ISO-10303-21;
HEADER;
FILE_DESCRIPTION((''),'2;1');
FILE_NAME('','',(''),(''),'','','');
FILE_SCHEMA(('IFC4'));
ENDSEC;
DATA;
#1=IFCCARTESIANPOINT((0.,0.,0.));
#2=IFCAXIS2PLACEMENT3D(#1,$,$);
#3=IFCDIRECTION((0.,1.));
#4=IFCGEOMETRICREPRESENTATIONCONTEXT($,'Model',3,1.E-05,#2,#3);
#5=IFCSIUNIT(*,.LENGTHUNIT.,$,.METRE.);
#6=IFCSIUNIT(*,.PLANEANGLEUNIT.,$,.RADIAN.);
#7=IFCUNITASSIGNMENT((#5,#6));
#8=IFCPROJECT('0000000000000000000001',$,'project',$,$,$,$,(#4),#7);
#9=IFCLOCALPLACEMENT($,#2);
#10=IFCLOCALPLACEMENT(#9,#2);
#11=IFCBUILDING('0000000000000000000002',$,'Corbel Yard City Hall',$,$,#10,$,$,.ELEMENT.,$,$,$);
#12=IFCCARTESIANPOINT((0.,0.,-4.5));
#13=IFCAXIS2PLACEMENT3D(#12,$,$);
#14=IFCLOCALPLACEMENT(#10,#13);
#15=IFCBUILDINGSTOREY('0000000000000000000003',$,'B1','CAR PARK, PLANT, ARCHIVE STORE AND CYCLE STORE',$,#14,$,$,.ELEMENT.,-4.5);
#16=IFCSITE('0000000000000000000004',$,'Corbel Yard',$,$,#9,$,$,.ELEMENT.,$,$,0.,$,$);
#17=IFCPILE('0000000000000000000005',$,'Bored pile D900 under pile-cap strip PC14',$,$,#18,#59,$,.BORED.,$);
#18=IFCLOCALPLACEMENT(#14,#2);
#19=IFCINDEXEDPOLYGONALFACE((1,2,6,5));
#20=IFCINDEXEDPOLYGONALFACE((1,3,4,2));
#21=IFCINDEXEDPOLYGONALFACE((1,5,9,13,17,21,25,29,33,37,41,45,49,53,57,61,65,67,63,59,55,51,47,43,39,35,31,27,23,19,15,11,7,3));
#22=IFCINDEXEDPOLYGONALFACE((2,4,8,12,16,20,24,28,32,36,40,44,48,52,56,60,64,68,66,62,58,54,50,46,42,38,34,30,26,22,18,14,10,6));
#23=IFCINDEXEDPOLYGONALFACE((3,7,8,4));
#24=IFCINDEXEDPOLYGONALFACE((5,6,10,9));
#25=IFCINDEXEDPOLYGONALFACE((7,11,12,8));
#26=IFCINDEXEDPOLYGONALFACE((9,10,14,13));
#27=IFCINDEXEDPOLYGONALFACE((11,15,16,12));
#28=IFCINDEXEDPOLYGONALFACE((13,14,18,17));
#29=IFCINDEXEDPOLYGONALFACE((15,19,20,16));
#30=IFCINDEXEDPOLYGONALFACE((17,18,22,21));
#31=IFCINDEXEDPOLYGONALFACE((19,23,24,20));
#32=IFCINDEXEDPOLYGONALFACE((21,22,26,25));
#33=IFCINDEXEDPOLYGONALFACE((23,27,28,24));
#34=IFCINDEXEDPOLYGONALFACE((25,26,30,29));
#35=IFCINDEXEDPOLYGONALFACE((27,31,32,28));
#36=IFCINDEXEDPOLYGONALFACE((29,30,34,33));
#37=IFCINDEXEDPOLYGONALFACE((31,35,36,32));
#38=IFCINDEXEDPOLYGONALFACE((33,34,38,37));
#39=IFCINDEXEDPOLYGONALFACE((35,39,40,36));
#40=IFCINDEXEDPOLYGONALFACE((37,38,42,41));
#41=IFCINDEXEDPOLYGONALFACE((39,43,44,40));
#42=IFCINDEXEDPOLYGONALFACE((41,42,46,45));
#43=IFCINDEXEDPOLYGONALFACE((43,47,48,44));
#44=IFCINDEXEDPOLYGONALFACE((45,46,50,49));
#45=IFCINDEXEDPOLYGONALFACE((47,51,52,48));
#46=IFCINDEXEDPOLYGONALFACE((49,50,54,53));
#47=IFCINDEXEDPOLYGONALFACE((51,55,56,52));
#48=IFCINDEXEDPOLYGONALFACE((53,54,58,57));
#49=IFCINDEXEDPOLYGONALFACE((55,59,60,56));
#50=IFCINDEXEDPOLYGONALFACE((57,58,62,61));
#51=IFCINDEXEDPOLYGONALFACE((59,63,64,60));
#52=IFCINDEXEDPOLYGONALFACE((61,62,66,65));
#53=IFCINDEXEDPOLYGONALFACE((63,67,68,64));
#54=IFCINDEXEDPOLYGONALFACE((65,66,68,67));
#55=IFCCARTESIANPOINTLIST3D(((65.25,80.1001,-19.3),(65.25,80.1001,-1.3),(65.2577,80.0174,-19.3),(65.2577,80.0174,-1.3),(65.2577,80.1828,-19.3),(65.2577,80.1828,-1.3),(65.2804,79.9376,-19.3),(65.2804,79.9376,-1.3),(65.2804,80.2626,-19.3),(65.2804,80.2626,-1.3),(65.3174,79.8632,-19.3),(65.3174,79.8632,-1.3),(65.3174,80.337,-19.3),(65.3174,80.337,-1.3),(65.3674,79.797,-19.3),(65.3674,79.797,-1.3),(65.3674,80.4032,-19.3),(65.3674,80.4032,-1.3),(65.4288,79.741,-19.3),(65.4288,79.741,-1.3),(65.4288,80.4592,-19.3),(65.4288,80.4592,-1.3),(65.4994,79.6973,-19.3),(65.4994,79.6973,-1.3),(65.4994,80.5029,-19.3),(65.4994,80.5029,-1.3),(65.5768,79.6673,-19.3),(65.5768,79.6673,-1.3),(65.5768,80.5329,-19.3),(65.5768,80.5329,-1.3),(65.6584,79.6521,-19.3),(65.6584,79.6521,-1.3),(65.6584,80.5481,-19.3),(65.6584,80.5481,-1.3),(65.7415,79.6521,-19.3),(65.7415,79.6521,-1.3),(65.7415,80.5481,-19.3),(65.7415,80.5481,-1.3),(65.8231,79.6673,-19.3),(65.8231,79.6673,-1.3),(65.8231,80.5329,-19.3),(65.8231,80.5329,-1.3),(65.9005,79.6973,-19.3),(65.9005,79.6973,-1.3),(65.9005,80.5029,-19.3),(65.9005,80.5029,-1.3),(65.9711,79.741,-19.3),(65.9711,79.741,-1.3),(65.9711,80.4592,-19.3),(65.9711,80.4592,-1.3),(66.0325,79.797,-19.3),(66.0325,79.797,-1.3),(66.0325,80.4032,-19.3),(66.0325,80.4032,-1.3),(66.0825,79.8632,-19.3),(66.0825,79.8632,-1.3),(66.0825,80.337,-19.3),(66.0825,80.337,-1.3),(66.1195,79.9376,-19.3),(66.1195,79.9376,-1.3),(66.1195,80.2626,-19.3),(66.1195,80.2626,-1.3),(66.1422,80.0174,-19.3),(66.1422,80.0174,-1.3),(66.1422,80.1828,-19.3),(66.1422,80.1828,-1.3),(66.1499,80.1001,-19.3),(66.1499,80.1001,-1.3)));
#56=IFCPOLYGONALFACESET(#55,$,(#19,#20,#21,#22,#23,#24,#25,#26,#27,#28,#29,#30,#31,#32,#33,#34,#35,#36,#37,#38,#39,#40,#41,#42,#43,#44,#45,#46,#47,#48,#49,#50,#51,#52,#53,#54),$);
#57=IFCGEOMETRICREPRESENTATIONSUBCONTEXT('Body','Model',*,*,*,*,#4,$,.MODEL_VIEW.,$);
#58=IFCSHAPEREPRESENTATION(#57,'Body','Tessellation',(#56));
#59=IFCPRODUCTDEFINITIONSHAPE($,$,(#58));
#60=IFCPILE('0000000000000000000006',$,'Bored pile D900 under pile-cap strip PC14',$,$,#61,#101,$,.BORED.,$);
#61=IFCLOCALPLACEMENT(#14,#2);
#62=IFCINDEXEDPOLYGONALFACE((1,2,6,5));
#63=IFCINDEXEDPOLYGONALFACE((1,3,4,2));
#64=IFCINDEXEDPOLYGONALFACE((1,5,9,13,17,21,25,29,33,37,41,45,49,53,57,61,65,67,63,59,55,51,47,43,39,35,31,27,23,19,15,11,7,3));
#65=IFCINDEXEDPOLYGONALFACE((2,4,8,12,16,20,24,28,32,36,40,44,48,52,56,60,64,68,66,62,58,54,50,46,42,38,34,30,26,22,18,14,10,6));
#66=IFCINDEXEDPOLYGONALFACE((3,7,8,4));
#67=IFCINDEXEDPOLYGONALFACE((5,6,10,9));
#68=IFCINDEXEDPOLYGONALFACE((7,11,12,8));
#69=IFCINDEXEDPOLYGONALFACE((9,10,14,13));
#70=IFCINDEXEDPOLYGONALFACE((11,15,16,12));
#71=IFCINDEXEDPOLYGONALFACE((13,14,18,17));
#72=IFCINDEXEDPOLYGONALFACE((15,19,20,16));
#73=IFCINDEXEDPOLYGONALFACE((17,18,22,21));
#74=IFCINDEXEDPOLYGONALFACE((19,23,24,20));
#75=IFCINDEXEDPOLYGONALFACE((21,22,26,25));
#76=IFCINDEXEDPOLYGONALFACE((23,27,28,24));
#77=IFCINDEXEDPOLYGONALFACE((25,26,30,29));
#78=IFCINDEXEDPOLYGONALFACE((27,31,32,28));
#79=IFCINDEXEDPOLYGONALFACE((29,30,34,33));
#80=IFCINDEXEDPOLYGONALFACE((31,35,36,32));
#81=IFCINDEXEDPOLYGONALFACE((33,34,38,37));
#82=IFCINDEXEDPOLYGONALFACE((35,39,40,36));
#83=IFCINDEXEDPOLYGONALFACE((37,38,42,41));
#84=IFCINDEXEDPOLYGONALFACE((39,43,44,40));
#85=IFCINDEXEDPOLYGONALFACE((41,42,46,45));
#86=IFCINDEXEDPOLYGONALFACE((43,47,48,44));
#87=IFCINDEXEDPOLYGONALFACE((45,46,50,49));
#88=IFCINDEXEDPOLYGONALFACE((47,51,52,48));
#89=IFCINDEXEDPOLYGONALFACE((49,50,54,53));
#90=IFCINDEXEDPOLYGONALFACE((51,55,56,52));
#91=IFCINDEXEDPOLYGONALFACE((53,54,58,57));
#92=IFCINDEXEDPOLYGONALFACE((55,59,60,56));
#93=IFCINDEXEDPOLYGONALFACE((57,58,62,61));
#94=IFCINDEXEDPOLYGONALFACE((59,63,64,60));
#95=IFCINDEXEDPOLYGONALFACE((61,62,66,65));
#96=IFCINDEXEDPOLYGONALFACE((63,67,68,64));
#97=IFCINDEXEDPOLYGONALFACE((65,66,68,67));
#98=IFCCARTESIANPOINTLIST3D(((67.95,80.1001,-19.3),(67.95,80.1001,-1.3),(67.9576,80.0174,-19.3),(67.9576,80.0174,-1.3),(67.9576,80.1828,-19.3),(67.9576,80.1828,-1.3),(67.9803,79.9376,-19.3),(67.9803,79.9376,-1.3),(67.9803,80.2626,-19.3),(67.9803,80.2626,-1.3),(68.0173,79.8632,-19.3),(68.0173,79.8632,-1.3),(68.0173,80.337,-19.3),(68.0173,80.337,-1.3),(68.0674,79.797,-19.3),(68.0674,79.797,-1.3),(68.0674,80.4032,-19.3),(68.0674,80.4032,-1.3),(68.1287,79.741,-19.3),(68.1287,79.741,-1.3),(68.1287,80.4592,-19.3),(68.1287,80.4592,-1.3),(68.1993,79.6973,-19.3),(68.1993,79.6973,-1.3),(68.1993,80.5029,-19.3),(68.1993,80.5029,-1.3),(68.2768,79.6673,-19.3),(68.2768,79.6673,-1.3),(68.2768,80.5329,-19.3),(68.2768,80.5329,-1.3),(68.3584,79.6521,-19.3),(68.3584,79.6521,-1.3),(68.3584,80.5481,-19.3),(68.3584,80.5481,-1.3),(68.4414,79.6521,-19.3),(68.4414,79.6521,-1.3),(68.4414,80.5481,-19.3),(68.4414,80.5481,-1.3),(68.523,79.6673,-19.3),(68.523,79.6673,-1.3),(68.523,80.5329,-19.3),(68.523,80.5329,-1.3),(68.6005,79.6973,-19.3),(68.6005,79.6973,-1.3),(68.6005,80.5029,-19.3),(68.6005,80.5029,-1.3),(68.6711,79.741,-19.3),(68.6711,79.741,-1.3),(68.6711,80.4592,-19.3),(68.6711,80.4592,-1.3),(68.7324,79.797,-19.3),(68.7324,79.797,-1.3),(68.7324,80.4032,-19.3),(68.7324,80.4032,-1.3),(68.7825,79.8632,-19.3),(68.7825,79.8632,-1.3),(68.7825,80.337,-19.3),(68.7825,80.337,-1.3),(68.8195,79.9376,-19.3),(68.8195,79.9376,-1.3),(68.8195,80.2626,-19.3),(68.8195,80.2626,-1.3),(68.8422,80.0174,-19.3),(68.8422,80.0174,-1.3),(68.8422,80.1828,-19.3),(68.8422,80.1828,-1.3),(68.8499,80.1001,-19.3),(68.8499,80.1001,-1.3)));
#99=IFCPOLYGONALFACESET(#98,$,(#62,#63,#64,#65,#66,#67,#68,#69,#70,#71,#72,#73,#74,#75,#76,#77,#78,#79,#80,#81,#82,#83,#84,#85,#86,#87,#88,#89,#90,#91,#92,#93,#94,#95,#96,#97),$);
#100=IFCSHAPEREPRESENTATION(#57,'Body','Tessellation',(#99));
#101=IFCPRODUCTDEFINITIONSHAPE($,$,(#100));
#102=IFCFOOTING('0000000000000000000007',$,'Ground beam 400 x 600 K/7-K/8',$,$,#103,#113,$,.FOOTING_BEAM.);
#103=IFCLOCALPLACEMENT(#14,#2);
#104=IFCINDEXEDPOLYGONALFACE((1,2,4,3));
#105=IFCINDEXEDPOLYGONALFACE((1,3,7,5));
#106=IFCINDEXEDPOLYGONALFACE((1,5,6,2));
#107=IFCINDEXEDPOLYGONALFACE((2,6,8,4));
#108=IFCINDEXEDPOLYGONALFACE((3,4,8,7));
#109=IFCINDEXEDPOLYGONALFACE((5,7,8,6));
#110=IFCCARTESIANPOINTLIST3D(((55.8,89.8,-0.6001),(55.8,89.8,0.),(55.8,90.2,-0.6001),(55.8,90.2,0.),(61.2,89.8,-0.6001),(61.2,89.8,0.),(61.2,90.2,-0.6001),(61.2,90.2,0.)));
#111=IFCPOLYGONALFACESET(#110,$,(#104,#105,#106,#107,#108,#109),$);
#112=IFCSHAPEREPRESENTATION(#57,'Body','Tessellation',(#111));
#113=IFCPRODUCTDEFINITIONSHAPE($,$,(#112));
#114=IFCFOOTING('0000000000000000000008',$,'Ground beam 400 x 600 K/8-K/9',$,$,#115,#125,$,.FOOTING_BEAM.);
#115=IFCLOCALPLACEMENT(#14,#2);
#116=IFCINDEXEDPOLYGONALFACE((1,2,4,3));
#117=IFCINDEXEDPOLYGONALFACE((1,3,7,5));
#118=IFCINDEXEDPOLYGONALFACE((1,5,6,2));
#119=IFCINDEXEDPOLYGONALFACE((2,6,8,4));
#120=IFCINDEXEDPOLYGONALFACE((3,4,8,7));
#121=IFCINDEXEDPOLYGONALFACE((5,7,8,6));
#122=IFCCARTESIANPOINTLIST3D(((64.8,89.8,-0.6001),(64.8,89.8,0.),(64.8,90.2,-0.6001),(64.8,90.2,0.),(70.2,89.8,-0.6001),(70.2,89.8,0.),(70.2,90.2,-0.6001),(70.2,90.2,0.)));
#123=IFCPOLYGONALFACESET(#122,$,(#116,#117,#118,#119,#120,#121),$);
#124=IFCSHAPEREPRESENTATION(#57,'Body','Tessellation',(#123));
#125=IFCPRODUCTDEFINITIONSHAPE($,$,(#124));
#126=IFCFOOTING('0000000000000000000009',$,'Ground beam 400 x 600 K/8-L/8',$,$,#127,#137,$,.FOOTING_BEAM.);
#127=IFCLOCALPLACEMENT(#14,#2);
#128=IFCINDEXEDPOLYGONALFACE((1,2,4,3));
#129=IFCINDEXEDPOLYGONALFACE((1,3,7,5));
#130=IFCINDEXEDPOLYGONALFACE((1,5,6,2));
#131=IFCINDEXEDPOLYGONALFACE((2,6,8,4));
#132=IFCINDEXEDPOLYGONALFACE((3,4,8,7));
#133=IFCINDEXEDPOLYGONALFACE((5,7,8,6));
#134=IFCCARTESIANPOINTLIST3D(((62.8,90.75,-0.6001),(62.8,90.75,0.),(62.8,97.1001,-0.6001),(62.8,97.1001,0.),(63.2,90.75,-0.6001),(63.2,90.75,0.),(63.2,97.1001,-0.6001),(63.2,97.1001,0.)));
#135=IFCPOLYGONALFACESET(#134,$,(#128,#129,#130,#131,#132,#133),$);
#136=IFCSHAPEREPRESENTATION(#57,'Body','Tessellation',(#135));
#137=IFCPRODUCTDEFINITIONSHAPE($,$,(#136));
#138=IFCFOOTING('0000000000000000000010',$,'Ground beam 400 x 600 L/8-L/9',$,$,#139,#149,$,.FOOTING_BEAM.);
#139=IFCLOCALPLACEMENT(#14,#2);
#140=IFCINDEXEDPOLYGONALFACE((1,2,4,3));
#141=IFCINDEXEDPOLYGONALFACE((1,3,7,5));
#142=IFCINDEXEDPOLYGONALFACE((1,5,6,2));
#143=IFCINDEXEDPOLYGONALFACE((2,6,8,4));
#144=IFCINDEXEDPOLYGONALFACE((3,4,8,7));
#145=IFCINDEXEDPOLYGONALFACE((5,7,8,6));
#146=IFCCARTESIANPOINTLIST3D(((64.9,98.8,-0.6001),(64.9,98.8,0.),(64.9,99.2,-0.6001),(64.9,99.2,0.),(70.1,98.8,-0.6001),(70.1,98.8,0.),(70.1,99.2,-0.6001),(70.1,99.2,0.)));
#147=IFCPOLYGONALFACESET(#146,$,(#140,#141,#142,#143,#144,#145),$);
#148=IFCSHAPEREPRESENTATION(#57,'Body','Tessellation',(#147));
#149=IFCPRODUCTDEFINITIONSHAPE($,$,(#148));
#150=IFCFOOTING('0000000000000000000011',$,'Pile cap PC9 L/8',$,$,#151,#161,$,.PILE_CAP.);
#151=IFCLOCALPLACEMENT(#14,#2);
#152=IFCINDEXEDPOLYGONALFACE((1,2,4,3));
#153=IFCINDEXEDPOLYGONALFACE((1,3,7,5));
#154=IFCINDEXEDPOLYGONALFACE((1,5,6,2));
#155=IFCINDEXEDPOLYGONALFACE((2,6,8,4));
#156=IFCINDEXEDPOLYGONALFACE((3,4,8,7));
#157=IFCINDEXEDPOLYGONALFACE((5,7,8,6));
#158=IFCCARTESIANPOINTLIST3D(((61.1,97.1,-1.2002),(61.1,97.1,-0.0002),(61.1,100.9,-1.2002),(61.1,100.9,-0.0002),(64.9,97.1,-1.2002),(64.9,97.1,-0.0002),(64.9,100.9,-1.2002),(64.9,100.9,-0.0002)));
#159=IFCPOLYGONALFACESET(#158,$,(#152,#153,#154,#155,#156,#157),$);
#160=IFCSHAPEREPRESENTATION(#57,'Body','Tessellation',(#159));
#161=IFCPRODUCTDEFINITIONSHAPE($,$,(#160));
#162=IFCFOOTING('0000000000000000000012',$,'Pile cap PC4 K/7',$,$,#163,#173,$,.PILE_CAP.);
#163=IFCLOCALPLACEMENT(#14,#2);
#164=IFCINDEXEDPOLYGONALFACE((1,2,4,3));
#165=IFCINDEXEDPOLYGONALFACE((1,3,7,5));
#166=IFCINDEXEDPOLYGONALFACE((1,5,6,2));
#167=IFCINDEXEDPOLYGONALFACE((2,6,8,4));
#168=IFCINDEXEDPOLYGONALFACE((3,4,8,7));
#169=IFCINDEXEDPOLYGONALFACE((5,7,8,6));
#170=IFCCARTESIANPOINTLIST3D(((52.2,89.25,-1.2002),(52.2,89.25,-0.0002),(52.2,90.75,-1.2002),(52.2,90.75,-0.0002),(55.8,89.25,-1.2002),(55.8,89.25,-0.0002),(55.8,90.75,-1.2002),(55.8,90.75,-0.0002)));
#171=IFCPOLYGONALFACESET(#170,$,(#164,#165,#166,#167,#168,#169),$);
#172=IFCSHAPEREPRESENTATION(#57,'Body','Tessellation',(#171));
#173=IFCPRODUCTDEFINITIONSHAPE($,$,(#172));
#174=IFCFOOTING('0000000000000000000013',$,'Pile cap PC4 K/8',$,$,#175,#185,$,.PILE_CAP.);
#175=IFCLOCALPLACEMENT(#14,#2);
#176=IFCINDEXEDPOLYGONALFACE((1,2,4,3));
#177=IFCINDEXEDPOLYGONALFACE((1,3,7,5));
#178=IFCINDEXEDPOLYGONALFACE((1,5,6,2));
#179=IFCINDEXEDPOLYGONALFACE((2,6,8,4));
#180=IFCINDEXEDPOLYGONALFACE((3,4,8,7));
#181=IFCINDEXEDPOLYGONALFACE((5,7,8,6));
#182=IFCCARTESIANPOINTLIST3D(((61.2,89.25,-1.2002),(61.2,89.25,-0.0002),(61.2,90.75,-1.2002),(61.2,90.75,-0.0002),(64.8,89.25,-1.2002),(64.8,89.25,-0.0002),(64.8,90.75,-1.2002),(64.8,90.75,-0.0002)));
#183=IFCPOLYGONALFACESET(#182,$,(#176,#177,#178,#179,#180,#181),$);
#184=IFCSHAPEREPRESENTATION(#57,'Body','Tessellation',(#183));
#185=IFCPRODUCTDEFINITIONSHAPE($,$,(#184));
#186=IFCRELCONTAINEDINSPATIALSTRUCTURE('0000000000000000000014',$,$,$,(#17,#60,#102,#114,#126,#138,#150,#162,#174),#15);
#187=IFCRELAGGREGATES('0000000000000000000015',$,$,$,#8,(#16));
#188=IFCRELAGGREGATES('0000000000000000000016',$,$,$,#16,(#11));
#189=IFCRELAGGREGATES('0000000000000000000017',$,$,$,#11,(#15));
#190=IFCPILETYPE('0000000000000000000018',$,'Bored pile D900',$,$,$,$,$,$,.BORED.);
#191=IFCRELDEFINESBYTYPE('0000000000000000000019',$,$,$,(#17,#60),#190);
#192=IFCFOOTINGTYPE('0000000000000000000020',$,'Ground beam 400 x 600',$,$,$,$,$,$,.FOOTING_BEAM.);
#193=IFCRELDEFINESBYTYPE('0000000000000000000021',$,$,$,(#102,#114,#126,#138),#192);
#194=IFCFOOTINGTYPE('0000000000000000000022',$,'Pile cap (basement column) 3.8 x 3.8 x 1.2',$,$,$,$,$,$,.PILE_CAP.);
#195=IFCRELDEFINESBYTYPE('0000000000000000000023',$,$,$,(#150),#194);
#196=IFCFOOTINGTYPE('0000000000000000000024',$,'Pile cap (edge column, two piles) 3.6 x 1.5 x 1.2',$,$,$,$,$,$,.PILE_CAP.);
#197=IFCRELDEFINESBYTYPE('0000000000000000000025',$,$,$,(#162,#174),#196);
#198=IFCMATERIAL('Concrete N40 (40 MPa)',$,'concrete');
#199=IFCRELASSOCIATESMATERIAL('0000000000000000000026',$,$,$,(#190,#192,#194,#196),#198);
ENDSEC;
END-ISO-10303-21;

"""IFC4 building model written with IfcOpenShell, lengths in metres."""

from ifc_helpers import new_model, si_unit, direction, frame, origin, origin_2d, place, context, subcontext, project, spatial, rectangle, circle, extrude, material, material_profile, profile_set, type_object, element, save


model = new_model("IFC4")

# Units and contexts
model_context = context("Model", 3, precision=1e-05, world=origin(), true_north=direction((0.0, 1.0)))
body_context = subcontext(model_context, "Body", "Model", "MODEL_VIEW")
ifc_project = project(units=[si_unit("LENGTHUNIT", "METRE"), si_unit("PLANEANGLEUNIT", "RADIAN")], contexts=[model_context])

# Site, building, storey
site_placement = place(None, origin())
site = spatial("IfcSite", under=ifc_project, at=site_placement, Name="Corbel Yard", CompositionType="ELEMENT", RefElevation=0.0)
building_placement = place(site_placement, origin())
building = spatial("IfcBuilding", under=site, at=building_placement, Name="Corbel Yard City Hall", CompositionType="ELEMENT")
storey_placement = place(building_placement, frame((0.0, 0.0, -4.5)))
storey = spatial("IfcBuildingStorey", under=building, at=storey_placement, Name="B1", Description="CAR PARK, PLANT, ARCHIVE STORE AND CYCLE STORE", CompositionType="ELEMENT", Elevation=-4.5)

# Piles
ifc_material_1 = material(Name="Concrete N40 (40 MPa)", Category="concrete")
ifc_material_profile_1 = material_profile(ifc_material_1, circle(Radius=0.45, at=origin_2d()), Name="D900")
ifc_profile_set_1 = profile_set([ifc_material_profile_1], Name="Concrete N40 (40 MPa)")
pile_type = type_object("IfcPileType", Name="Bored pile D900", PredefinedType="BORED", material=ifc_profile_set_1)
for number, where, z_axis, x_axis, name in (
    (1, (65.7, 80.1001, -1.3), (0.0, 0.0, -1.0), (1.0, 0.0, 0.0), "Bored pile D900 under pile-cap strip PC14"),
    (2, (68.3999, 80.1001, -1.3), (0.0, 0.0, -1.0), (1.0, 0.0, 0.0), "Bored pile D900 under pile-cap strip PC14"),
):
    element("IfcPile", number, at=place(storey_placement, frame(where, z_axis=z_axis, x_axis=x_axis)), inside=storey, type_object=pile_type, Name=name, PredefinedType="BORED", context=body_context, shape_type="SweptSolid", body=[
        extrude(circle(Radius=0.45, at=origin_2d()), origin(), (0.0, 0.0, 1.0), 18.0),
    ])

# Footings
footing_type_1 = type_object("IfcFootingType", Name="Ground beam 400 x 600", PredefinedType="FOOTING_BEAM", material=ifc_material_1)
for number, where, z_axis, x_axis, name in (
    (3, (58.5, 90.0, -0.6001), (0.0, 0.0, 1.0), (1.0, 0.0, 0.0), "Ground beam 400 x 600 K/7-K/8"),
    (4, (67.5, 90.0, -0.6001), (0.0, 0.0, 1.0), (1.0, 0.0, 0.0), "Ground beam 400 x 600 K/8-K/9"),
):
    element("IfcFooting", number, at=place(storey_placement, frame(where, z_axis=z_axis, x_axis=x_axis)), inside=storey, type_object=footing_type_1, Name=name, PredefinedType="FOOTING_BEAM", context=body_context, shape_type="SweptSolid", body=[
        extrude(rectangle(XDim=5.3999, YDim=0.3999, at=origin_2d()), origin(), (0.0, 0.0, 1.0), 0.6001),
    ])
footing_1_placement = place(storey_placement, frame((63.0, 93.925, -0.6001), z_axis=(0.0, 0.0, 1.0), x_axis=(1.0, 0.0, 0.0)))
element("IfcFooting", 5, at=footing_1_placement, inside=storey, type_object=footing_type_1, Name="Ground beam 400 x 600 K/8-L/8", PredefinedType="FOOTING_BEAM", context=body_context, shape_type="SweptSolid", body=[
    extrude(rectangle(XDim=0.3999, YDim=6.3501, at=origin_2d()), origin(), (0.0, 0.0, 1.0), 0.6001),
])
footing_2_placement = place(storey_placement, frame((67.5, 99.0, -0.6001), z_axis=(0.0, 0.0, 1.0), x_axis=(1.0, 0.0, 0.0)))
element("IfcFooting", 6, at=footing_2_placement, inside=storey, type_object=footing_type_1, Name="Ground beam 400 x 600 L/8-L/9", PredefinedType="FOOTING_BEAM", context=body_context, shape_type="SweptSolid", body=[
    extrude(rectangle(XDim=5.2, YDim=0.3999, at=origin_2d()), origin(), (0.0, 0.0, 1.0), 0.6001),
])
footing_type_2 = type_object("IfcFootingType", Name="Pile cap (basement column) 3.8 x 3.8 x 1.2", PredefinedType="PILE_CAP", material=ifc_material_1)
footing_3_placement = place(storey_placement, frame((63.0, 99.0, -1.2002), z_axis=(0.0, 0.0, 1.0), x_axis=(1.0, 0.0, 0.0)))
element("IfcFooting", 7, at=footing_3_placement, inside=storey, type_object=footing_type_2, Name="Pile cap PC9 L/8", PredefinedType="PILE_CAP", context=body_context, shape_type="SweptSolid", body=[
    extrude(rectangle(XDim=3.8, YDim=3.8, at=origin_2d()), origin(), (0.0, 0.0, 1.0), 1.2),
])
footing_type_3 = type_object("IfcFootingType", Name="Pile cap (edge column, two piles) 3.6 x 1.5 x 1.2", PredefinedType="PILE_CAP", material=ifc_material_1)
for number, where, z_axis, x_axis, name in (
    (8, (54.0, 90.0, -1.2002), (0.0, 0.0, 1.0), (1.0, 0.0, 0.0), "Pile cap PC4 K/7"),
    (9, (63.0, 90.0, -1.2002), (0.0, 0.0, 1.0), (1.0, 0.0, 0.0), "Pile cap PC4 K/8"),
):
    element("IfcFooting", number, at=place(storey_placement, frame(where, z_axis=z_axis, x_axis=x_axis)), inside=storey, type_object=footing_type_3, Name=name, PredefinedType="PILE_CAP", context=body_context, shape_type="SweptSolid", body=[
        extrude(rectangle(XDim=3.6001, YDim=1.5, at=origin_2d()), origin(), (0.0, 0.0, 1.0), 1.2),
    ])

save(model, "model.ifc")
